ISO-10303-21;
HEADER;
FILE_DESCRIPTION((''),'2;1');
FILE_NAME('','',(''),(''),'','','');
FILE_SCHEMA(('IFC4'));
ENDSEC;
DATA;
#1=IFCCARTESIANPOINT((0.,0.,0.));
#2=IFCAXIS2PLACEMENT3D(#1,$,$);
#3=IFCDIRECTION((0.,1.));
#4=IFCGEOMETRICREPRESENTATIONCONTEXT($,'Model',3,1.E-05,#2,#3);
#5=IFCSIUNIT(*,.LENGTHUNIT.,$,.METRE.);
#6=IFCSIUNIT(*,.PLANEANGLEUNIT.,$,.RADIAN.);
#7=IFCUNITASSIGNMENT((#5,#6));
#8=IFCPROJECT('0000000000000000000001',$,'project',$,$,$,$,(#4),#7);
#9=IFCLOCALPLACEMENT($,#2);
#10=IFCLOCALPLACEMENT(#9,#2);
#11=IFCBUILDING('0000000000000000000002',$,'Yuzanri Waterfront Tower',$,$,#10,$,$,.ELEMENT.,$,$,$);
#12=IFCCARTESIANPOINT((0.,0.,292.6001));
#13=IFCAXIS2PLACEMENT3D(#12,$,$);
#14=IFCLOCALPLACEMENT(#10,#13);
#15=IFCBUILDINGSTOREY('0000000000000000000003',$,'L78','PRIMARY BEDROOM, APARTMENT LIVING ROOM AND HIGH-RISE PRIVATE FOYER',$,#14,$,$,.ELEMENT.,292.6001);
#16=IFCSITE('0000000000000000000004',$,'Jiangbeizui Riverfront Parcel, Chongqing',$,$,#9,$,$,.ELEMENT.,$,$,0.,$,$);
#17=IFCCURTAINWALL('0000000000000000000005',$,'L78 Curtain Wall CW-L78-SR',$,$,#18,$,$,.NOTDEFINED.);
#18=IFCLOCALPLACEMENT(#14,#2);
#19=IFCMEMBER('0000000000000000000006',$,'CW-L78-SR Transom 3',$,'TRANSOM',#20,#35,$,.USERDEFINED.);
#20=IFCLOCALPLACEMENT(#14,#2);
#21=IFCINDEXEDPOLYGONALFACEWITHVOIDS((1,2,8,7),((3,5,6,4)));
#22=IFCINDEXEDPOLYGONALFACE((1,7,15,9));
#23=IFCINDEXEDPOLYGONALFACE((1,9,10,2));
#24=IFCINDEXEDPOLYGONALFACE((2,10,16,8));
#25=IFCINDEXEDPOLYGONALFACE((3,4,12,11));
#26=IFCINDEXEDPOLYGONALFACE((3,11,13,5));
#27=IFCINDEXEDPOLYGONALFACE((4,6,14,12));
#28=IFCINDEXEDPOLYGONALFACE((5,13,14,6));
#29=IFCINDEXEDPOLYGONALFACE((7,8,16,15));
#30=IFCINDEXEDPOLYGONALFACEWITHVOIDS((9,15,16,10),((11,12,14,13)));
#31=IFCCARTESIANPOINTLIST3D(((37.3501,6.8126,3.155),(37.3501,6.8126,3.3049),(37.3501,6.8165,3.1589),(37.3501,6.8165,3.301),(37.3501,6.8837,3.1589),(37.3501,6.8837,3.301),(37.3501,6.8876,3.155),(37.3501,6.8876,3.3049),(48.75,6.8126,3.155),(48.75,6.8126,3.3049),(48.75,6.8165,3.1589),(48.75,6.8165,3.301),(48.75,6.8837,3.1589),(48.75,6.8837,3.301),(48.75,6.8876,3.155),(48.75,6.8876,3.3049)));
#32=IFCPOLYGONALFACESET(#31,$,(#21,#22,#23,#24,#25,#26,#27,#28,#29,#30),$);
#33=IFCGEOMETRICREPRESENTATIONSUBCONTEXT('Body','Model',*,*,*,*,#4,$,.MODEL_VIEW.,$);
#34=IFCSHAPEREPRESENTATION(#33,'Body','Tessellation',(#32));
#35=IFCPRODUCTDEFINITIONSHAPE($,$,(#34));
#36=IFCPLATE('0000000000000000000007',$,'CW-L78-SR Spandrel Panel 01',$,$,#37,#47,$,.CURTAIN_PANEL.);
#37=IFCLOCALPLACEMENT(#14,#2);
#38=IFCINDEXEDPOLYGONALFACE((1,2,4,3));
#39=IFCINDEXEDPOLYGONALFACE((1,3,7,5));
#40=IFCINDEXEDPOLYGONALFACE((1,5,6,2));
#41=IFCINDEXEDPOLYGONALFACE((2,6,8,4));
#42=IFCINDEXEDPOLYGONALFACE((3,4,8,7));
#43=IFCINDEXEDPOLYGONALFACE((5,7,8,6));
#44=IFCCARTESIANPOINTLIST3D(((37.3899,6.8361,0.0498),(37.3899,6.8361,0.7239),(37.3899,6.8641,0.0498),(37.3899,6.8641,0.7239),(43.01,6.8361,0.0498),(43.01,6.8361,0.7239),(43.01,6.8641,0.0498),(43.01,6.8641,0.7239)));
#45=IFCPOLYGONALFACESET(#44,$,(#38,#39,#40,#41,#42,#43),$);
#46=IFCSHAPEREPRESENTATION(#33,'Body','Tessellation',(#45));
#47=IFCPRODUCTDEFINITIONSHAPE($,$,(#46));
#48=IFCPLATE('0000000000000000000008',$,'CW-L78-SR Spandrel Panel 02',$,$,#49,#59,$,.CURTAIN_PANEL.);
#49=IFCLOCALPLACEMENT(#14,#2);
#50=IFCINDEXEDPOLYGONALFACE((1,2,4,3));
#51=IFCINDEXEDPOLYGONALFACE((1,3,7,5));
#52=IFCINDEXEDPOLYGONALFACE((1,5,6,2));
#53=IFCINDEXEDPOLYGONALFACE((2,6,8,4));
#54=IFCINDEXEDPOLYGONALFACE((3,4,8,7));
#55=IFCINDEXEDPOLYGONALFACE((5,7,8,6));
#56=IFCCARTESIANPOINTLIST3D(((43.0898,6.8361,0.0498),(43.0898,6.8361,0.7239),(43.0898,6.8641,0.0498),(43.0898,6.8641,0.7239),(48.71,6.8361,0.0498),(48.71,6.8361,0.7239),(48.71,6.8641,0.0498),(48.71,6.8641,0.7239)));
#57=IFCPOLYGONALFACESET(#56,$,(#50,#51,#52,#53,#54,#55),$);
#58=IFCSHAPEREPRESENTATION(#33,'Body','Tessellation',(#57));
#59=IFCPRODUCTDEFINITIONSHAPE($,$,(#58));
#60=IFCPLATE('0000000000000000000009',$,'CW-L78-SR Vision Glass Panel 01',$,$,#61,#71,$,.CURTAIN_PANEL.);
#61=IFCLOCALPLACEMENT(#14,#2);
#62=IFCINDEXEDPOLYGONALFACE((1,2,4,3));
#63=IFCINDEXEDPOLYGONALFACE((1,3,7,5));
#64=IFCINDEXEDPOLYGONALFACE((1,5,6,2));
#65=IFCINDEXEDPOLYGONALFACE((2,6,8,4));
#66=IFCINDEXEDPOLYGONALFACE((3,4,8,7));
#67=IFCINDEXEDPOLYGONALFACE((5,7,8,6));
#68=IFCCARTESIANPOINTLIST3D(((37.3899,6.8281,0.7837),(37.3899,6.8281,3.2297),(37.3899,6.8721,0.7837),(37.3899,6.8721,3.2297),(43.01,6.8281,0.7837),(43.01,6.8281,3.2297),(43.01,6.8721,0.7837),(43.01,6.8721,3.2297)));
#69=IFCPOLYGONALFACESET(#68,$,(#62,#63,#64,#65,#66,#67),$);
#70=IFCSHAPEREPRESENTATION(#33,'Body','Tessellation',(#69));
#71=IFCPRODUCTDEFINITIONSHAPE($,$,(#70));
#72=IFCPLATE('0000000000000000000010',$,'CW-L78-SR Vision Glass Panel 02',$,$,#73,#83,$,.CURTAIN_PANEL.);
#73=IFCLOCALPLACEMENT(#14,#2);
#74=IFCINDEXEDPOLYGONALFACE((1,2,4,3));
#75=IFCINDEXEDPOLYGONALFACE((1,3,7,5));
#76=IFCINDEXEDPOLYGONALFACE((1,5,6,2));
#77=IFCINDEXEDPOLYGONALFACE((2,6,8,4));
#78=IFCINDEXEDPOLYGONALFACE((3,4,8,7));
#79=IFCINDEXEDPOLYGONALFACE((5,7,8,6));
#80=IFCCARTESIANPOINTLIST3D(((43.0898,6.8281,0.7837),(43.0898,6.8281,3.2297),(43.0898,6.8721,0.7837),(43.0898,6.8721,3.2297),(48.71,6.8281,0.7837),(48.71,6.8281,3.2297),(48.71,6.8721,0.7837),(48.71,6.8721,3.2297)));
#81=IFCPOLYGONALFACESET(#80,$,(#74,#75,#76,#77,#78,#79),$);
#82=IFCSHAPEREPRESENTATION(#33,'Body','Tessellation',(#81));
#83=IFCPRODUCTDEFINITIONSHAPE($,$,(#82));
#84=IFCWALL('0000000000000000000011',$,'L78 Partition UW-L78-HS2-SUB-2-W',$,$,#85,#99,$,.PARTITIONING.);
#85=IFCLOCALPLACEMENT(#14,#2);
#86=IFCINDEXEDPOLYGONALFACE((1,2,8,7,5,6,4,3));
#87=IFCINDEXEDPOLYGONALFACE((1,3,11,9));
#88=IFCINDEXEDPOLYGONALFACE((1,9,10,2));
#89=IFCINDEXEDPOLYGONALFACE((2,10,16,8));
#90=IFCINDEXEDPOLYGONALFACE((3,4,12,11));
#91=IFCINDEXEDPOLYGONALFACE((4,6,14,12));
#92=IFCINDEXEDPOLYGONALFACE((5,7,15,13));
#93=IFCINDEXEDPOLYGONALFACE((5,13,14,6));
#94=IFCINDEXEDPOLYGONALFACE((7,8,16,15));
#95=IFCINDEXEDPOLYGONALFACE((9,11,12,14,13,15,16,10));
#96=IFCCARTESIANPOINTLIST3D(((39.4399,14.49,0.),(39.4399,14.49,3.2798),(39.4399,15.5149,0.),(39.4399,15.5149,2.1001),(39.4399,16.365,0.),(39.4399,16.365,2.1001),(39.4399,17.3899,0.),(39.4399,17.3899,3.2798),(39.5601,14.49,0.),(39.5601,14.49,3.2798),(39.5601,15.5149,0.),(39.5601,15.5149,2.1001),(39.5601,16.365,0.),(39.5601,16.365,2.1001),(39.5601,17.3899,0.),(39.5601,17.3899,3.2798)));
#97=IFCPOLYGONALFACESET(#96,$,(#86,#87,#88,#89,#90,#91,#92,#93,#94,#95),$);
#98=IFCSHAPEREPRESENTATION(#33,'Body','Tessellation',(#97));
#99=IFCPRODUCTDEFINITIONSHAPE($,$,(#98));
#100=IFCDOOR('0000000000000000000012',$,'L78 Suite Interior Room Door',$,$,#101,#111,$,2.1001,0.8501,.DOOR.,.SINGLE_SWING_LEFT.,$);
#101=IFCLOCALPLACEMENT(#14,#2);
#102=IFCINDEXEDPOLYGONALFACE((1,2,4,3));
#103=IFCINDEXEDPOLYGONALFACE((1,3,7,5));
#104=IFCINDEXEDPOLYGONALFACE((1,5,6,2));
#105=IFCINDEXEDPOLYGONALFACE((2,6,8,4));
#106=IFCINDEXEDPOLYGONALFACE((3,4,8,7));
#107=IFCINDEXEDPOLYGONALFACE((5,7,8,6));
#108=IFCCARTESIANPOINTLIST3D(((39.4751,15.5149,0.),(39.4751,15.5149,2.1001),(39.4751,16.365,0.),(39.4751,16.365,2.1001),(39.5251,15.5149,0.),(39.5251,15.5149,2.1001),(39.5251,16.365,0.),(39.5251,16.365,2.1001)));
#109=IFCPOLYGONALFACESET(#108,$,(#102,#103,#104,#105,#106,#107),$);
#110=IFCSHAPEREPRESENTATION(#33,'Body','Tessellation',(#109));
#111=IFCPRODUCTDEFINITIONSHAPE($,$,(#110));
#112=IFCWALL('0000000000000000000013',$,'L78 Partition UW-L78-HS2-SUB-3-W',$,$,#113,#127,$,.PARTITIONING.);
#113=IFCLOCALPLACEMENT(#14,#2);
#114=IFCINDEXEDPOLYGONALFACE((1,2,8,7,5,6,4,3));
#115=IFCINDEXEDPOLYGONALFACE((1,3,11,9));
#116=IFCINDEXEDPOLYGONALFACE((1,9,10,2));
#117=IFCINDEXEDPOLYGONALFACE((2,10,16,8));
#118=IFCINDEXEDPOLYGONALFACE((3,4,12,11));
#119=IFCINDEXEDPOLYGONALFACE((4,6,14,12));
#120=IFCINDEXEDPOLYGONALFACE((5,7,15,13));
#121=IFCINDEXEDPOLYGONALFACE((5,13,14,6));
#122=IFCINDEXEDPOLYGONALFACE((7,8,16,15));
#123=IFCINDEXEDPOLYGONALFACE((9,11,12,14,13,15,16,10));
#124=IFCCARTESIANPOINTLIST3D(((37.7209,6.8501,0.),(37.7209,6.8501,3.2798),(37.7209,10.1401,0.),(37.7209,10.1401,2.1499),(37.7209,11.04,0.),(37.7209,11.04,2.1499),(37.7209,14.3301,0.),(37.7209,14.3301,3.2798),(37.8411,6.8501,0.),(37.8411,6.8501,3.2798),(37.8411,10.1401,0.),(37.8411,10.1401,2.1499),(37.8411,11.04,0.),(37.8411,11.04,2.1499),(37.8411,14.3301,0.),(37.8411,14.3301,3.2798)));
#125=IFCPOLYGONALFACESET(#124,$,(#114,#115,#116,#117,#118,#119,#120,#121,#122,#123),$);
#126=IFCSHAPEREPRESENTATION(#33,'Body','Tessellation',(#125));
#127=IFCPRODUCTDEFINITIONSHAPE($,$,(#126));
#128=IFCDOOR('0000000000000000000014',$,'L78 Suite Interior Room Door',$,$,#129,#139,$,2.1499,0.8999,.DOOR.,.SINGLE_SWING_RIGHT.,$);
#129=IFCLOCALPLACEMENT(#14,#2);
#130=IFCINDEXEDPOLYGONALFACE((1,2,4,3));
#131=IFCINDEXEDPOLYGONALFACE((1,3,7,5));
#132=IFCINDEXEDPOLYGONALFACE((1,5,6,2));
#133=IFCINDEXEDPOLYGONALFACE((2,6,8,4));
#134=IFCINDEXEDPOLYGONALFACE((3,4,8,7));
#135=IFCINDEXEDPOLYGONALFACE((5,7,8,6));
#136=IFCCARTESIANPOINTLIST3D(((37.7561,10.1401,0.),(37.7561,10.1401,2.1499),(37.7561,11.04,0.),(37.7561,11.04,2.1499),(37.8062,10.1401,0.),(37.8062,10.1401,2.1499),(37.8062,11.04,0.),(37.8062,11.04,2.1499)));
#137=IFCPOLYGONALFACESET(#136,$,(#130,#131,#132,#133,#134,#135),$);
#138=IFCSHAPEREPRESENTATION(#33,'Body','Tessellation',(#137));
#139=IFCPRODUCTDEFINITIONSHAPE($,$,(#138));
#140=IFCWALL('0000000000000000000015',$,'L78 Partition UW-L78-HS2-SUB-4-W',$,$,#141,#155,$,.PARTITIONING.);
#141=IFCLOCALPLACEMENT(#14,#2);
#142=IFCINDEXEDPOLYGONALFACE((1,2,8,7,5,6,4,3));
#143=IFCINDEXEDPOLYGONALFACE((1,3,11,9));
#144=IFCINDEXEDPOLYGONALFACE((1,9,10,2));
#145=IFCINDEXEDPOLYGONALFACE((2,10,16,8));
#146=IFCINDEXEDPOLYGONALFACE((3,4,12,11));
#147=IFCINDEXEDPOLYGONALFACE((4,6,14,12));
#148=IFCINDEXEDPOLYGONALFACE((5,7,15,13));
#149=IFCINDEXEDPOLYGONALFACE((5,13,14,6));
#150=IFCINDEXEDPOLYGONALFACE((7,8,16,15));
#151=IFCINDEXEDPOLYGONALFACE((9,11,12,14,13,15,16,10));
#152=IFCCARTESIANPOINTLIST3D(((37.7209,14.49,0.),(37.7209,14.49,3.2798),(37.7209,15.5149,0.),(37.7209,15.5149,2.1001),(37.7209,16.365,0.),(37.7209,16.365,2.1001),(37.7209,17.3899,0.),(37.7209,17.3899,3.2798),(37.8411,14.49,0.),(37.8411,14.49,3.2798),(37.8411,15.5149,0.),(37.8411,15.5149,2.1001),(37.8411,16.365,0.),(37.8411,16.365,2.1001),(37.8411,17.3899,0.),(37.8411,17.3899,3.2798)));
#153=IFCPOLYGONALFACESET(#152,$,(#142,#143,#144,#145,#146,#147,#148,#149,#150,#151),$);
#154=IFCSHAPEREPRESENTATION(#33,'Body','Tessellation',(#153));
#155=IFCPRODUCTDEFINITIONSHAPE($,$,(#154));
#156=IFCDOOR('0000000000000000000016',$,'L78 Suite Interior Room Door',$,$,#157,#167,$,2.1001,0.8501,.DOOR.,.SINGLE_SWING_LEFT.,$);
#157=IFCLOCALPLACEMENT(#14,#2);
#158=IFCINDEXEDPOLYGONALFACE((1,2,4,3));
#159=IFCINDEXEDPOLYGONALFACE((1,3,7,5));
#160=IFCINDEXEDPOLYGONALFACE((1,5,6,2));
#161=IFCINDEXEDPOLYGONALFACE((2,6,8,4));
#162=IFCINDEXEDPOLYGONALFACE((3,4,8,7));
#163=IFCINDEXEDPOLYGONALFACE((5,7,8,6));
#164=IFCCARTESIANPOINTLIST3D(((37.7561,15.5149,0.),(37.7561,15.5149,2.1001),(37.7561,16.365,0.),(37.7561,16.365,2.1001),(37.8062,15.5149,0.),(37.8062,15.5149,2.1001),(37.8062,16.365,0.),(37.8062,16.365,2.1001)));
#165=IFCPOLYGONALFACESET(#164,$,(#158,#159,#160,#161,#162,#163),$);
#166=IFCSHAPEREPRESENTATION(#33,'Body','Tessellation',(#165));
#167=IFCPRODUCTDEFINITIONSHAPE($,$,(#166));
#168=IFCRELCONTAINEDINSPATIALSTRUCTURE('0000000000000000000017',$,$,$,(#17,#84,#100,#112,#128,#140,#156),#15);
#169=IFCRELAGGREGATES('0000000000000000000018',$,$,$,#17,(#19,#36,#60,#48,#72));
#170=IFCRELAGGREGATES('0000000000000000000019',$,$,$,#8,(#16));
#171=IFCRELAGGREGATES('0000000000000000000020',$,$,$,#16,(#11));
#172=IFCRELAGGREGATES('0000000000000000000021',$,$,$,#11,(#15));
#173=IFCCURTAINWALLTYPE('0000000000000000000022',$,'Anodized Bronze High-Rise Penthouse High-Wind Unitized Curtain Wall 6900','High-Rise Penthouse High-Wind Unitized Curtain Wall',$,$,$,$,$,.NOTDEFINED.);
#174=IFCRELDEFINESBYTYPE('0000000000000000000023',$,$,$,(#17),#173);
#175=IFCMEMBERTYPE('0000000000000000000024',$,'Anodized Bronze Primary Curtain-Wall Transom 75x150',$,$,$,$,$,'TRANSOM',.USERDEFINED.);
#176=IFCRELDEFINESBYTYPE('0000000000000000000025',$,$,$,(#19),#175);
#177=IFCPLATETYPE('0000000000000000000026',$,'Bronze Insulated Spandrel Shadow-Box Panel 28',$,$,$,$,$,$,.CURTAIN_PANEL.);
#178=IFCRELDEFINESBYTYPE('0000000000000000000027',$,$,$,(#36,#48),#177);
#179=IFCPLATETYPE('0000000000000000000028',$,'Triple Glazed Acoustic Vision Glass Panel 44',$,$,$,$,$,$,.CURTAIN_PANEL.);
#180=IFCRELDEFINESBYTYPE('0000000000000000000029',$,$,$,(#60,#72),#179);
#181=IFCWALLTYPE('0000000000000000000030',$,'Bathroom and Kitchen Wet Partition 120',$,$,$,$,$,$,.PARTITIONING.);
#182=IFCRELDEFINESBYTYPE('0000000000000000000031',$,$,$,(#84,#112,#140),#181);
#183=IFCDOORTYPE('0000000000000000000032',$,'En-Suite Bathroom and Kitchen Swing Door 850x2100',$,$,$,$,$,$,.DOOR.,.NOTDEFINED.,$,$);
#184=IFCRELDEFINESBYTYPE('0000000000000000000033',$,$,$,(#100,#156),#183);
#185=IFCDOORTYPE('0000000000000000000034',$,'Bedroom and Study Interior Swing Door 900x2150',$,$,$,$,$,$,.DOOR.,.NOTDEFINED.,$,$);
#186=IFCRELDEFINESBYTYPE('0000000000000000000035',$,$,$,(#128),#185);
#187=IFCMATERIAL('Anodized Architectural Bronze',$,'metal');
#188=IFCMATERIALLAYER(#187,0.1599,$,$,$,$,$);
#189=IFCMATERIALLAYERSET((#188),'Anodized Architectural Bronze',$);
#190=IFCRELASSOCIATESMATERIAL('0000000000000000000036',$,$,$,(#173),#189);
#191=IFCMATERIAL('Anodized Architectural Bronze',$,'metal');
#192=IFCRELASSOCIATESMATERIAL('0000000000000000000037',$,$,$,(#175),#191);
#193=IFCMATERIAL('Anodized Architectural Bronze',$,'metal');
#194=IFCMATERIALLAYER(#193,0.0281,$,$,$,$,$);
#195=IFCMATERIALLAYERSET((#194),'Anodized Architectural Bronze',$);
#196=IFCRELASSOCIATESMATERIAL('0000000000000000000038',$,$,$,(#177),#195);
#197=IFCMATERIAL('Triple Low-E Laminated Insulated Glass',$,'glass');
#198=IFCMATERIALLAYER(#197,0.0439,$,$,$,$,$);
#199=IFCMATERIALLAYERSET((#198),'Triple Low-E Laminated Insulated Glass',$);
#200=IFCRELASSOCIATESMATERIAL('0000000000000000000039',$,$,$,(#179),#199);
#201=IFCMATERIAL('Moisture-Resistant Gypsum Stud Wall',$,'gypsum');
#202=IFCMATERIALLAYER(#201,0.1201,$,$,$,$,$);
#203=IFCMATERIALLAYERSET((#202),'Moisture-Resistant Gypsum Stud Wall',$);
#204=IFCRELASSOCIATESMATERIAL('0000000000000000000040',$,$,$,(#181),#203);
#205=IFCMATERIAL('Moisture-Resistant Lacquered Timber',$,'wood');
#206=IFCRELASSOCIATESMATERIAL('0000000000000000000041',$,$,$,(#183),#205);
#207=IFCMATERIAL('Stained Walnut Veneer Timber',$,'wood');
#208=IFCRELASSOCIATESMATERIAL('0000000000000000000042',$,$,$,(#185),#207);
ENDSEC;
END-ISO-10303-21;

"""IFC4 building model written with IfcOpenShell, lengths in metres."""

from ifc_helpers import new_model, si_unit, direction, frame, frame_2d, origin, origin_2d, place, context, subcontext, project, spatial, rectangle, hollow_rectangle, extrude, source, transform, mapped, material, layer, layer_set, material_profile, profile_set, type_object, element, fill, aggregate, save


model = new_model("IFC4")

# Units and contexts
model_context = context("Model", 3, precision=1e-05, world=origin(), true_north=direction((0.0, 1.0)))
body_context = subcontext(model_context, "Body", "Model", "MODEL_VIEW")
ifc_project = project(units=[si_unit("LENGTHUNIT", "METRE"), si_unit("PLANEANGLEUNIT", "RADIAN")], contexts=[model_context])

# Site, building, storey
site_placement = place(None, origin())
site = spatial("IfcSite", under=ifc_project, at=site_placement, Name="Jiangbeizui Riverfront Parcel, Chongqing", CompositionType="ELEMENT", RefElevation=0.0)
building_placement = place(site_placement, origin())
building = spatial("IfcBuilding", under=site, at=building_placement, Name="Yuzanri Waterfront Tower", CompositionType="ELEMENT")
storey_placement = place(building_placement, frame((0.0, 0.0, 292.6001)))
storey = spatial("IfcBuildingStorey", under=building, at=storey_placement, Name="L78", Description="PRIMARY BEDROOM, APARTMENT LIVING ROOM AND HIGH-RISE PRIVATE FOYER", CompositionType="ELEMENT", Elevation=292.6001)

# Curtain wall, member, plates
ifc_material_1 = material(Name="Anodized Architectural Bronze", Category="metal")
ifc_layer_1 = layer(ifc_material_1, 0.1599)
ifc_layer_set_1 = layer_set([ifc_layer_1], Name="Anodized Architectural Bronze")
curtain_wall_type = type_object("IfcCurtainWallType", Name="Anodized Bronze High-Rise Penthouse High-Wind Unitized Curtain Wall 6900", Description="High-Rise Penthouse High-Wind Unitized Curtain Wall", PredefinedType="NOTDEFINED", material=ifc_layer_set_1)
curtain_wall_placement = place(storey_placement, origin())
curtain_wall = element("IfcCurtainWall", 1, at=curtain_wall_placement, inside=storey, type_object=curtain_wall_type, Name="L78 Curtain Wall CW-L78-SR", PredefinedType="NOTDEFINED")
ifc_material_2 = material(Name="Anodized Architectural Bronze", Category="metal")
ifc_material_profile_1 = material_profile(ifc_material_2, hollow_rectangle(XDim=0.075, YDim=0.1499, WallThickness=0.0039, at=origin_2d()), Name="CWT 75x150")
ifc_profile_set_1 = profile_set([ifc_material_profile_1], Name="Anodized Architectural Bronze")
member_type_1 = type_object("IfcMemberType", Name="Anodized Bronze Primary Curtain-Wall Transom 75x150", ElementType="TRANSOM", PredefinedType="USERDEFINED", material=ifc_profile_set_1)
shared_shape_1 = source(origin(), body_context, "Body", "SweptSolid", [
    extrude(hollow_rectangle(XDim=0.075, YDim=0.1499, WallThickness=0.0039, at=origin_2d()), origin(), (0.0, 0.0, 1.0), 11.3999),
])
member_1_placement = place(storey_placement, frame((37.3501, 6.8501, 3.23), z_axis=(1.0, 0.0, 0.0), x_axis=(0.0, 1.0, 0.0)))
member_1 = element("IfcMember", 2, at=member_1_placement, type_object=member_type_1, Name="CW-L78-SR Transom 3", ObjectType="TRANSOM", PredefinedType="USERDEFINED", context=body_context, shape_type="MappedRepresentation", body=[
    mapped(shared_shape_1, transform((0.0, 0.0, 0.0), scale=1.0)),
])
ifc_material_3 = material(Name="Anodized Architectural Bronze", Category="metal")
ifc_layer_2 = layer(ifc_material_3, 0.0281)
ifc_layer_set_2 = layer_set([ifc_layer_2], Name="Anodized Architectural Bronze")
plate_type_1 = type_object("IfcPlateType", Name="Bronze Insulated Spandrel Shadow-Box Panel 28", PredefinedType="CURTAIN_PANEL", material=ifc_layer_set_2)
shared_shape_2 = source(origin(), body_context, "Body", "SweptSolid", [
    extrude(rectangle(XDim=5.6201, YDim=0.0281, at=origin_2d()), origin(), (0.0, 0.0, 1.0), 0.6741),
])
plate_1_placement = place(storey_placement, frame((40.2, 6.8501, 0.0498), z_axis=(0.0, 0.0, 1.0), x_axis=(1.0, 0.0, 0.0)))
plate_1 = element("IfcPlate", 3, at=plate_1_placement, type_object=plate_type_1, Name="CW-L78-SR Spandrel Panel 01", PredefinedType="CURTAIN_PANEL", context=body_context, shape_type="MappedRepresentation", body=[
    mapped(shared_shape_2, transform((0.0, 0.0, 0.0), scale=1.0)),
])
plate_2_placement = place(storey_placement, frame((45.8999, 6.8501, 0.0498), z_axis=(0.0, 0.0, 1.0), x_axis=(1.0, 0.0, 0.0)))
plate_2 = element("IfcPlate", 4, at=plate_2_placement, type_object=plate_type_1, Name="CW-L78-SR Spandrel Panel 02", PredefinedType="CURTAIN_PANEL", context=body_context, shape_type="MappedRepresentation", body=[
    mapped(shared_shape_2, transform((0.0, 0.0, 0.0), scale=1.0)),
])
ifc_material_4 = material(Name="Triple Low-E Laminated Insulated Glass", Category="glass")
ifc_layer_3 = layer(ifc_material_4, 0.0439)
ifc_layer_set_3 = layer_set([ifc_layer_3], Name="Triple Low-E Laminated Insulated Glass")
plate_type_2 = type_object("IfcPlateType", Name="Triple Glazed Acoustic Vision Glass Panel 44", PredefinedType="CURTAIN_PANEL", material=ifc_layer_set_3)
shared_shape_3 = source(origin(), body_context, "Body", "SweptSolid", [
    extrude(rectangle(XDim=5.6201, YDim=0.0439, at=origin_2d()), origin(), (0.0, 0.0, 1.0), 2.446),
])
plate_3_placement = place(storey_placement, frame((40.2, 6.8501, 0.7837), z_axis=(0.0, 0.0, 1.0), x_axis=(1.0, 0.0, 0.0)))
plate_3 = element("IfcPlate", 5, at=plate_3_placement, type_object=plate_type_2, Name="CW-L78-SR Vision Glass Panel 01", PredefinedType="CURTAIN_PANEL", context=body_context, shape_type="MappedRepresentation", body=[
    mapped(shared_shape_3, transform((0.0, 0.0, 0.0), scale=1.0)),
])
plate_4_placement = place(storey_placement, frame((45.8999, 6.8501, 0.7837), z_axis=(0.0, 0.0, 1.0), x_axis=(1.0, 0.0, 0.0)))
plate_4 = element("IfcPlate", 6, at=plate_4_placement, type_object=plate_type_2, Name="CW-L78-SR Vision Glass Panel 02", PredefinedType="CURTAIN_PANEL", context=body_context, shape_type="MappedRepresentation", body=[
    mapped(shared_shape_3, transform((0.0, 0.0, 0.0), scale=1.0)),
])
aggregate(curtain_wall, [member_1, plate_1, plate_3, plate_2, plate_4])

# Walls, openings, doors
ifc_material_5 = material(Name="Moisture-Resistant Gypsum Stud Wall", Category="gypsum")
ifc_layer_4 = layer(ifc_material_5, 0.1201)
ifc_layer_set_4 = layer_set([ifc_layer_4], Name="Moisture-Resistant Gypsum Stud Wall")
wall_type_1 = type_object("IfcWallType", Name="Bathroom and Kitchen Wet Partition 120", PredefinedType="PARTITIONING", material=ifc_layer_set_4)
wall_1_placement = place(storey_placement, frame((39.5, 14.49, 0.0), z_axis=(0.0, 0.0, 1.0), x_axis=(0.0, 1.0, 0.0)))
wall_1 = element("IfcWall", 7, at=wall_1_placement, inside=storey, type_object=wall_type_1, Name="L78 Partition UW-L78-HS2-SUB-2-W", PredefinedType="PARTITIONING", context=body_context, shape_type="SweptSolid", body=[
    extrude(rectangle(XDim=2.8999, YDim=0.1201, at=frame_2d((1.45, 0.0))), origin(), (0.0, 0.0, 1.0), 3.2798),
])
opening_1_placement = place(wall_1_placement, frame((1.0249, 0.0, 0.0)))
opening_1 = element("IfcOpeningElement", 8, at=opening_1_placement, cuts=wall_1, PredefinedType="OPENING", context=body_context, shape_type="SweptSolid", body=[
    extrude(rectangle(XDim=0.8501, YDim=2.1001, at=frame_2d((0.425, 1.05))), frame((0.0, 0.075, 0.0), z_axis=(0.0, -1.0, 0.0), x_axis=(1.0, 0.0, 0.0)), (0.0, 0.0, 1.0), 0.1499),
])
ifc_material_6 = material(Name="Moisture-Resistant Lacquered Timber", Category="wood")
door_type_1 = type_object("IfcDoorType", Name="En-Suite Bathroom and Kitchen Swing Door 850x2100", OperationType="NOTDEFINED", PredefinedType="DOOR", material=ifc_material_6)
shared_shape_4 = source(origin(), body_context, "Body", "SweptSolid", [
    extrude(rectangle(XDim=0.8501, YDim=2.1001, at=frame_2d((0.425, 1.05))), frame((0.0, 0.0249, 0.0), z_axis=(0.0, -1.0, 0.0), x_axis=(1.0, 0.0, 0.0)), (0.0, 0.0, 1.0), 0.05),
])
door_1_placement = place(opening_1_placement, origin())
door_1 = element("IfcDoor", 9, at=door_1_placement, inside=storey, type_object=door_type_1, Name="L78 Suite Interior Room Door", OperationType="SINGLE_SWING_LEFT", OverallHeight=2.1001, OverallWidth=0.8501, PredefinedType="DOOR", context=body_context, shape_type="MappedRepresentation", body=[
    mapped(shared_shape_4, transform((0.0, 0.0, 0.0), scale=1.0)),
])
fill(opening_1, door_1)
wall_2_placement = place(storey_placement, frame((37.781, 6.8501, 0.0), z_axis=(0.0, 0.0, 1.0), x_axis=(0.0, 1.0, 0.0)))
wall_2 = element("IfcWall", 10, at=wall_2_placement, inside=storey, type_object=wall_type_1, Name="L78 Partition UW-L78-HS2-SUB-3-W", PredefinedType="PARTITIONING", context=body_context, shape_type="SweptSolid", body=[
    extrude(rectangle(XDim=7.48, YDim=0.1201, at=frame_2d((3.74, 0.0))), origin(), (0.0, 0.0, 1.0), 3.2798),
])
opening_2_placement = place(wall_2_placement, frame((3.29, 0.0, 0.0)))
opening_2 = element("IfcOpeningElement", 11, at=opening_2_placement, cuts=wall_2, PredefinedType="OPENING", context=body_context, shape_type="SweptSolid", body=[
    extrude(rectangle(XDim=0.8999, YDim=2.1499, at=frame_2d((0.45, 1.075))), frame((0.0, 0.075, 0.0), z_axis=(0.0, -1.0, 0.0), x_axis=(1.0, 0.0, 0.0)), (0.0, 0.0, 1.0), 0.1499),
])
ifc_material_7 = material(Name="Stained Walnut Veneer Timber", Category="wood")
door_type_2 = type_object("IfcDoorType", Name="Bedroom and Study Interior Swing Door 900x2150", OperationType="NOTDEFINED", PredefinedType="DOOR", material=ifc_material_7)
shared_shape_5 = source(origin(), body_context, "Body", "SweptSolid", [
    extrude(rectangle(XDim=0.8999, YDim=2.1499, at=frame_2d((0.45, 1.075))), frame((0.0, 0.0249, 0.0), z_axis=(0.0, -1.0, 0.0), x_axis=(1.0, 0.0, 0.0)), (0.0, 0.0, 1.0), 0.05),
])
door_2_placement = place(opening_2_placement, origin())
door_2 = element("IfcDoor", 12, at=door_2_placement, inside=storey, type_object=door_type_2, Name="L78 Suite Interior Room Door", OperationType="SINGLE_SWING_RIGHT", OverallHeight=2.1499, OverallWidth=0.8999, PredefinedType="DOOR", context=body_context, shape_type="MappedRepresentation", body=[
    mapped(shared_shape_5, transform((0.0, 0.0, 0.0), scale=1.0)),
])
fill(opening_2, door_2)
wall_3_placement = place(storey_placement, frame((37.781, 14.49, 0.0), z_axis=(0.0, 0.0, 1.0), x_axis=(0.0, 1.0, 0.0)))
wall_3 = element("IfcWall", 13, at=wall_3_placement, inside=storey, type_object=wall_type_1, Name="L78 Partition UW-L78-HS2-SUB-4-W", PredefinedType="PARTITIONING", context=body_context, shape_type="SweptSolid", body=[
    extrude(rectangle(XDim=2.8999, YDim=0.1201, at=frame_2d((1.45, 0.0))), origin(), (0.0, 0.0, 1.0), 3.2798),
])
opening_3_placement = place(wall_3_placement, frame((1.0249, 0.0, 0.0)))
opening_3 = element("IfcOpeningElement", 14, at=opening_3_placement, cuts=wall_3, PredefinedType="OPENING", context=body_context, shape_type="SweptSolid", body=[
    extrude(rectangle(XDim=0.8501, YDim=2.1001, at=frame_2d((0.425, 1.05))), frame((0.0, 0.075, 0.0), z_axis=(0.0, -1.0, 0.0), x_axis=(1.0, 0.0, 0.0)), (0.0, 0.0, 1.0), 0.1499),
])
door_3_placement = place(opening_3_placement, origin())
door_3 = element("IfcDoor", 15, at=door_3_placement, inside=storey, type_object=door_type_1, Name="L78 Suite Interior Room Door", OperationType="SINGLE_SWING_LEFT", OverallHeight=2.1001, OverallWidth=0.8501, PredefinedType="DOOR", context=body_context, shape_type="MappedRepresentation", body=[
    mapped(shared_shape_4, transform((0.0, 0.0, 0.0), scale=1.0)),
])
fill(opening_3, door_3)

save(model, "model.ifc")
